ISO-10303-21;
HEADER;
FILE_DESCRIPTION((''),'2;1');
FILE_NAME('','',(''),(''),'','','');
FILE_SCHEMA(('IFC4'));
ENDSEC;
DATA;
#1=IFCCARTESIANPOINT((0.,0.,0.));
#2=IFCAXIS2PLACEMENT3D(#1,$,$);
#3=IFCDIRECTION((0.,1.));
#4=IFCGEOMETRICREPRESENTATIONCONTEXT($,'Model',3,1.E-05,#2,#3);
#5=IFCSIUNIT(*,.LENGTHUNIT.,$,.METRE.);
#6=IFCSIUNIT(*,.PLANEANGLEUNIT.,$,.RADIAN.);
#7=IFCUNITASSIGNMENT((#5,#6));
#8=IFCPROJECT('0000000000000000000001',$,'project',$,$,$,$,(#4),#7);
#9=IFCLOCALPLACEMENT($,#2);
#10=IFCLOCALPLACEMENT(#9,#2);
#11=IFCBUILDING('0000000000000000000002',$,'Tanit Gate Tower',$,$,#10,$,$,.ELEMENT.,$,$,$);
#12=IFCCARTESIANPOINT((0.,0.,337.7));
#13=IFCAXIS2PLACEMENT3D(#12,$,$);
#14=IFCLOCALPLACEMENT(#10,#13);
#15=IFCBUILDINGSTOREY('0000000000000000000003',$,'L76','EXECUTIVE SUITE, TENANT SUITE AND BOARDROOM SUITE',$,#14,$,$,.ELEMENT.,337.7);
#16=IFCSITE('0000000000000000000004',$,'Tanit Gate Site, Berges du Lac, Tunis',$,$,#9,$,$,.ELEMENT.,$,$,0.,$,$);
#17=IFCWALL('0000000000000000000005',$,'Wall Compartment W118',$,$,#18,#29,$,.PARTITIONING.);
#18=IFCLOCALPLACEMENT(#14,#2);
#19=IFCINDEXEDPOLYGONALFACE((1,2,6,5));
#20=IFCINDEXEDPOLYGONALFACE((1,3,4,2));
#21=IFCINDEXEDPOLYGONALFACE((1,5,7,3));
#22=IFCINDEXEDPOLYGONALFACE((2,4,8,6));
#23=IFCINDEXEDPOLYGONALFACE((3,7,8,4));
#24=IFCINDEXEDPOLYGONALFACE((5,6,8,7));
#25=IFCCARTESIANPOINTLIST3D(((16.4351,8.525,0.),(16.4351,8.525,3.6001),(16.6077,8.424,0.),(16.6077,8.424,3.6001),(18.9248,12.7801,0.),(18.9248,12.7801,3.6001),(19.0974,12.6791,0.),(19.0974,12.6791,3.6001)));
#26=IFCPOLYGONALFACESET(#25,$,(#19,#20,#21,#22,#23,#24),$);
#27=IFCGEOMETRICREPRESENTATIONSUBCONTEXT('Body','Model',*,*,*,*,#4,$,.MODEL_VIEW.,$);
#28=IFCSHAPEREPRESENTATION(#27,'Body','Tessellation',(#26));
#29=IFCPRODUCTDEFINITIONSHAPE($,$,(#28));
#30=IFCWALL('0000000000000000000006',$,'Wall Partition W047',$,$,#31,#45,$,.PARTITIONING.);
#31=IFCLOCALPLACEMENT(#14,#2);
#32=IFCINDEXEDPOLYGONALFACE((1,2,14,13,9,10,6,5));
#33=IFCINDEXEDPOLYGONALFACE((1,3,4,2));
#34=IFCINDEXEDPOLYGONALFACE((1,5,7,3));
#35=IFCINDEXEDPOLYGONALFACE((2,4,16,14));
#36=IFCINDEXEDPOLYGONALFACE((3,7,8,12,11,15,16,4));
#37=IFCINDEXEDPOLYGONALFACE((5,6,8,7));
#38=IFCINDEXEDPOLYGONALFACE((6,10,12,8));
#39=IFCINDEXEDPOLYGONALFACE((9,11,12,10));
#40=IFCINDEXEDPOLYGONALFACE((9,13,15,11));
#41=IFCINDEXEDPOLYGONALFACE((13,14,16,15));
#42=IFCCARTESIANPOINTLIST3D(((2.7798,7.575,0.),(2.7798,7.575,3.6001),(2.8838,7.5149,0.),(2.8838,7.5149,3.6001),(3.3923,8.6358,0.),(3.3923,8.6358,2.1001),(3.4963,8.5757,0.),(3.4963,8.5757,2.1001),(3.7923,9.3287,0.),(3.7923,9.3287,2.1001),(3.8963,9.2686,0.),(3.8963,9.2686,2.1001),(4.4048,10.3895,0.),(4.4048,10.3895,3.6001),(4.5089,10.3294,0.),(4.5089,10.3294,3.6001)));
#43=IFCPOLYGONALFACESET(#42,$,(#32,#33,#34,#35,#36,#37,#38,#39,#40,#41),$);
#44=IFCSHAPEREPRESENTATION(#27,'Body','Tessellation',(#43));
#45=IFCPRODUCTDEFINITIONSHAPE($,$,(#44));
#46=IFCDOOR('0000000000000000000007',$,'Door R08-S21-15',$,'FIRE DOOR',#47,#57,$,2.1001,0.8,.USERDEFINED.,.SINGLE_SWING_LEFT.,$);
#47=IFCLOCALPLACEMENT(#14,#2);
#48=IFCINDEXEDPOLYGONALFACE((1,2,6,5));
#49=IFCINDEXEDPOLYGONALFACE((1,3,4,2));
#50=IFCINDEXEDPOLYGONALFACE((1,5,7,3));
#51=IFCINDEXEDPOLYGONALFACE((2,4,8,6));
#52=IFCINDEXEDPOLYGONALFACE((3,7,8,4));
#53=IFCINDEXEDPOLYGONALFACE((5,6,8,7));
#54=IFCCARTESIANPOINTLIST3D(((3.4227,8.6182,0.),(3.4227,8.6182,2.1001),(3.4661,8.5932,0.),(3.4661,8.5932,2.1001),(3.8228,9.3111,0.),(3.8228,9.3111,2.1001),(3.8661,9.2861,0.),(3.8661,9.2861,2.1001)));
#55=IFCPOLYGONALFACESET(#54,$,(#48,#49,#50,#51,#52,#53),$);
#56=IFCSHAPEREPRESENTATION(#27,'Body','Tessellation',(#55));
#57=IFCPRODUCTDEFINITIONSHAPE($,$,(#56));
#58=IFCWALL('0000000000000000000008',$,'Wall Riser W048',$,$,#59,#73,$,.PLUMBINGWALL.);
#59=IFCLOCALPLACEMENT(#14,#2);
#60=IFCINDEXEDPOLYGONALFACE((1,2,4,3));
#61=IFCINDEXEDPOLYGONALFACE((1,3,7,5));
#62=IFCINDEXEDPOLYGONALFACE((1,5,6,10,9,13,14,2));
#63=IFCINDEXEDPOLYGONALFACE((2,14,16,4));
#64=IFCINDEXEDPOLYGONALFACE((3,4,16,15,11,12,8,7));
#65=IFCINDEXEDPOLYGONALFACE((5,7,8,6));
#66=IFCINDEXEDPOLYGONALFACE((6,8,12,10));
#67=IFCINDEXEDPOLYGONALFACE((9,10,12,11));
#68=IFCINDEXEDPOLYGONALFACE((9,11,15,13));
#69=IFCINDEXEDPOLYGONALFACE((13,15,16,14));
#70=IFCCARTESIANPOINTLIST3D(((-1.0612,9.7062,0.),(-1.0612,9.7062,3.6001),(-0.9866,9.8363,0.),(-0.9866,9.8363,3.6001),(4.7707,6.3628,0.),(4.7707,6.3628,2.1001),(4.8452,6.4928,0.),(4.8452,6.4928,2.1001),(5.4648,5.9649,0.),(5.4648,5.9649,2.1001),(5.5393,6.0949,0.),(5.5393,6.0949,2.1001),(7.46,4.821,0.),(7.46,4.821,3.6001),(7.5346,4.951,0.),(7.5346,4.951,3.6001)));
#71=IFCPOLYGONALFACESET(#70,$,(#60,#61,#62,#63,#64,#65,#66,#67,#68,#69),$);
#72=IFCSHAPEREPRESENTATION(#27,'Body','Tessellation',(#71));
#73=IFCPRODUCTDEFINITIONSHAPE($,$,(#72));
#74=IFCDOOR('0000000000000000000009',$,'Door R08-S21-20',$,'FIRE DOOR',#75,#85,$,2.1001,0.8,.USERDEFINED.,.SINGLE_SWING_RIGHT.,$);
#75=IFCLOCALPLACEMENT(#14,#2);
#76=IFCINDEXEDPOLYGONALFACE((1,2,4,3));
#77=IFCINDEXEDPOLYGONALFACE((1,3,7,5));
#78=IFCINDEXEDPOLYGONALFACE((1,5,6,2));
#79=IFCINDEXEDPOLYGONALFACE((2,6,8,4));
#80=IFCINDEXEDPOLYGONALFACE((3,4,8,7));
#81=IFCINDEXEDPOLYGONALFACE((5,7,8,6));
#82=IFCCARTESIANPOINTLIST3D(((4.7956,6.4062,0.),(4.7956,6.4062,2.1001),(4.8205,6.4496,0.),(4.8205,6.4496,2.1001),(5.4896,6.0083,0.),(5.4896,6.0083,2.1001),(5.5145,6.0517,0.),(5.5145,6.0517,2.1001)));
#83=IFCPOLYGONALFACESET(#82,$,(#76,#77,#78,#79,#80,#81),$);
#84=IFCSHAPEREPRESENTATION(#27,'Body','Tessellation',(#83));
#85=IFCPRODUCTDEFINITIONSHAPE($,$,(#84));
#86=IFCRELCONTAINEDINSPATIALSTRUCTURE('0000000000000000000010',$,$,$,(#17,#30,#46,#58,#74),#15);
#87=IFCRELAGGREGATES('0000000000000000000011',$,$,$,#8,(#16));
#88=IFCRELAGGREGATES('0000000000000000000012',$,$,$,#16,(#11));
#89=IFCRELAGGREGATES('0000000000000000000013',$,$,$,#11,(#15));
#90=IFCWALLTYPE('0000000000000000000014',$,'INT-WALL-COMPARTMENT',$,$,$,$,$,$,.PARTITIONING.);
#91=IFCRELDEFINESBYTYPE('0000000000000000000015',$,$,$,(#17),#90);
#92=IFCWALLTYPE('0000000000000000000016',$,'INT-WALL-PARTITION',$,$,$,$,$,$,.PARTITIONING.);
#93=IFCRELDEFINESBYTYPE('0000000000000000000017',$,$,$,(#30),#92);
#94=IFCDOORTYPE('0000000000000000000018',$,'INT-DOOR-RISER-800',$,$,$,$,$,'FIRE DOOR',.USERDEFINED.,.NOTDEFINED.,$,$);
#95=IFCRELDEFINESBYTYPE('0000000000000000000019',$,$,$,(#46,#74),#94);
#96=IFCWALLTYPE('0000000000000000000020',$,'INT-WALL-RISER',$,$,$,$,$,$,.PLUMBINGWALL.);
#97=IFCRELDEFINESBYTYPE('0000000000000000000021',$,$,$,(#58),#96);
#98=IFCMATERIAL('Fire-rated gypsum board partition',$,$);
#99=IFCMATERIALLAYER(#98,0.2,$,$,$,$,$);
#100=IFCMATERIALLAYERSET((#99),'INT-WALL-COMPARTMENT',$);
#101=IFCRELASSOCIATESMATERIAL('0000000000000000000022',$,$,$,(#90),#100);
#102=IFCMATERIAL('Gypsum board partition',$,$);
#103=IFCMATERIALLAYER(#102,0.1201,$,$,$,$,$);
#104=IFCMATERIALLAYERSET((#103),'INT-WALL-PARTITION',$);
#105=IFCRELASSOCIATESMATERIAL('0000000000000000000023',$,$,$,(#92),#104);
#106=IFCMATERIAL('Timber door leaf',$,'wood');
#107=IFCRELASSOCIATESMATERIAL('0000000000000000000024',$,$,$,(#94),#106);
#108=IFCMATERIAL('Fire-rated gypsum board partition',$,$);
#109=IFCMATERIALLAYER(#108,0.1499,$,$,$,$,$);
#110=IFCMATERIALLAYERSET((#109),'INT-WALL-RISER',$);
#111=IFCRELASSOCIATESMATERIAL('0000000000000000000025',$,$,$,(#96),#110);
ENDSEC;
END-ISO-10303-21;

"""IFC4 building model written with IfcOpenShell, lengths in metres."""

from ifc_helpers import new_model, si_unit, direction, frame, frame_2d, origin, place, context, subcontext, project, spatial, rectangle, extrude, material, layer, layer_set, type_object, element, fill, save


model = new_model("IFC4")

# Units and contexts
model_context = context("Model", 3, precision=1e-05, world=origin(), true_north=direction((0.0, 1.0)))
body_context = subcontext(model_context, "Body", "Model", "MODEL_VIEW")
ifc_project = project(units=[si_unit("LENGTHUNIT", "METRE"), si_unit("PLANEANGLEUNIT", "RADIAN")], contexts=[model_context])

# Site, building, storey
site_placement = place(None, origin())
site = spatial("IfcSite", under=ifc_project, at=site_placement, Name="Tanit Gate Site, Berges du Lac, Tunis", CompositionType="ELEMENT", RefElevation=0.0)
building_placement = place(site_placement, origin())
building = spatial("IfcBuilding", under=site, at=building_placement, Name="Tanit Gate Tower", CompositionType="ELEMENT")
storey_placement = place(building_placement, frame((0.0, 0.0, 337.7)))
storey = spatial("IfcBuildingStorey", under=building, at=storey_placement, Name="L76", Description="EXECUTIVE SUITE, TENANT SUITE AND BOARDROOM SUITE", CompositionType="ELEMENT", Elevation=337.7)

# Shared definitions
ifc_material_1 = material(Name="Fire-rated gypsum board partition")
ifc_layer_1 = layer(ifc_material_1, 0.2)
ifc_layer_set_1 = layer_set([ifc_layer_1], Name="INT-WALL-COMPARTMENT")
wall_type_1 = type_object("IfcWallType", Name="INT-WALL-COMPARTMENT", PredefinedType="PARTITIONING", material=ifc_layer_set_1)

# Wall
wall_1_placement = place(storey_placement, frame((16.5215, 8.4746, 0.0), z_axis=(0.0, 0.0, 1.0), x_axis=(0.505019, 0.863108, 0.0)))
element("IfcWall", 1, at=wall_1_placement, inside=storey, type_object=wall_type_1, Name="Wall Compartment W118", PredefinedType="PARTITIONING", context=body_context, shape_type="SweptSolid", body=[
    extrude(rectangle(XDim=4.9299, YDim=0.2, at=frame_2d((2.4648, 0.0))), origin(), (0.0, 0.0, 1.0), 3.6001),
])

# Walls, openings, doors
ifc_material_2 = material(Name="Gypsum board partition")
ifc_layer_2 = layer(ifc_material_2, 0.1201)
ifc_layer_set_2 = layer_set([ifc_layer_2], Name="INT-WALL-PARTITION")
wall_type_2 = type_object("IfcWallType", Name="INT-WALL-PARTITION", PredefinedType="PARTITIONING", material=ifc_layer_set_2)
wall_2_placement = place(storey_placement, frame((2.8318, 7.5449, 0.0), z_axis=(0.0, 0.0, 1.0), x_axis=(0.500017, 0.866015, 0.0)))
wall_2 = element("IfcWall", 2, at=wall_2_placement, inside=storey, type_object=wall_type_2, Name="Wall Partition W047", PredefinedType="PARTITIONING", context=body_context, shape_type="SweptSolid", body=[
    extrude(rectangle(XDim=3.25, YDim=0.1201, at=frame_2d((1.625, 0.0))), origin(), (0.0, 0.0, 1.0), 3.6001),
])
opening_1_placement = place(wall_2_placement, frame((1.2251, 0.0, 0.0)))
opening_1 = element("IfcOpeningElement", 3, at=opening_1_placement, cuts=wall_2, PredefinedType="OPENING", context=body_context, shape_type="SweptSolid", body=[
    extrude(rectangle(XDim=0.8, YDim=2.1001, at=frame_2d((0.3999, 1.05))), frame((0.0, 0.0701, 0.0), z_axis=(0.0, -1.0, 0.0), x_axis=(1.0, 0.0, 0.0)), (0.0, 0.0, 1.0), 0.1401),
])
ifc_material_3 = material(Name="Timber door leaf", Category="wood")
door_type_1 = type_object("IfcDoorType", Name="INT-DOOR-RISER-800", ElementType="FIRE DOOR", OperationType="NOTDEFINED", PredefinedType="USERDEFINED", material=ifc_material_3)
door_1_placement = place(opening_1_placement, origin())
door_1 = element("IfcDoor", 4, at=door_1_placement, inside=storey, type_object=door_type_1, Name="Door R08-S21-15", ObjectType="FIRE DOOR", OperationType="SINGLE_SWING_LEFT", OverallHeight=2.1001, OverallWidth=0.8, PredefinedType="USERDEFINED", context=body_context, shape_type="SweptSolid", body=[
    extrude(rectangle(XDim=0.8, YDim=2.1001, at=frame_2d((0.3999, 1.05))), frame((0.0, 0.0249, 0.0), z_axis=(0.0, -1.0, 0.0), x_axis=(1.0, 0.0, 0.0)), (0.0, 0.0, 1.0), 0.05),
])
fill(opening_1, door_1)
ifc_material_4 = material(Name="Fire-rated gypsum board partition")
ifc_layer_3 = layer(ifc_material_4, 0.1499)
ifc_layer_set_3 = layer_set([ifc_layer_3], Name="INT-WALL-RISER")
wall_type_3 = type_object("IfcWallType", Name="INT-WALL-RISER", PredefinedType="PLUMBINGWALL", material=ifc_layer_set_3)
wall_3_placement = place(storey_placement, frame((7.4973, 4.886, 0.0), z_axis=(0.0, 0.0, 1.0), x_axis=(-0.867542, 0.497364, 0.0)))
wall_3 = element("IfcWall", 5, at=wall_3_placement, inside=storey, type_object=wall_type_3, Name="Wall Riser W048", PredefinedType="PLUMBINGWALL", context=body_context, shape_type="SweptSolid", body=[
    extrude(rectangle(XDim=9.8223, YDim=0.1499, at=frame_2d((4.9111, 0.0))), origin(), (0.0, 0.0, 1.0), 3.6001),
])
opening_2_placement = place(wall_3_placement, frame((2.3, 0.0, 0.0)))
opening_2 = element("IfcOpeningElement", 6, at=opening_2_placement, cuts=wall_3, PredefinedType="OPENING", context=body_context, shape_type="SweptSolid", body=[
    extrude(rectangle(XDim=0.8, YDim=2.1001, at=frame_2d((0.3999, 1.05))), frame((0.0, 0.085, 0.0), z_axis=(0.0, -1.0, 0.0), x_axis=(1.0, 0.0, 0.0)), (0.0, 0.0, 1.0), 0.1699),
])
door_2_placement = place(opening_2_placement, origin())
door_2 = element("IfcDoor", 7, at=door_2_placement, inside=storey, type_object=door_type_1, Name="Door R08-S21-20", ObjectType="FIRE DOOR", OperationType="SINGLE_SWING_RIGHT", OverallHeight=2.1001, OverallWidth=0.8, PredefinedType="USERDEFINED", context=body_context, shape_type="SweptSolid", body=[
    extrude(rectangle(XDim=0.8, YDim=2.1001, at=frame_2d((0.3999, 1.05))), frame((0.0, 0.0249, 0.0), z_axis=(0.0, -1.0, 0.0), x_axis=(1.0, 0.0, 0.0)), (0.0, 0.0, 1.0), 0.05),
])
fill(opening_2, door_2)

save(model, "model.ifc")
